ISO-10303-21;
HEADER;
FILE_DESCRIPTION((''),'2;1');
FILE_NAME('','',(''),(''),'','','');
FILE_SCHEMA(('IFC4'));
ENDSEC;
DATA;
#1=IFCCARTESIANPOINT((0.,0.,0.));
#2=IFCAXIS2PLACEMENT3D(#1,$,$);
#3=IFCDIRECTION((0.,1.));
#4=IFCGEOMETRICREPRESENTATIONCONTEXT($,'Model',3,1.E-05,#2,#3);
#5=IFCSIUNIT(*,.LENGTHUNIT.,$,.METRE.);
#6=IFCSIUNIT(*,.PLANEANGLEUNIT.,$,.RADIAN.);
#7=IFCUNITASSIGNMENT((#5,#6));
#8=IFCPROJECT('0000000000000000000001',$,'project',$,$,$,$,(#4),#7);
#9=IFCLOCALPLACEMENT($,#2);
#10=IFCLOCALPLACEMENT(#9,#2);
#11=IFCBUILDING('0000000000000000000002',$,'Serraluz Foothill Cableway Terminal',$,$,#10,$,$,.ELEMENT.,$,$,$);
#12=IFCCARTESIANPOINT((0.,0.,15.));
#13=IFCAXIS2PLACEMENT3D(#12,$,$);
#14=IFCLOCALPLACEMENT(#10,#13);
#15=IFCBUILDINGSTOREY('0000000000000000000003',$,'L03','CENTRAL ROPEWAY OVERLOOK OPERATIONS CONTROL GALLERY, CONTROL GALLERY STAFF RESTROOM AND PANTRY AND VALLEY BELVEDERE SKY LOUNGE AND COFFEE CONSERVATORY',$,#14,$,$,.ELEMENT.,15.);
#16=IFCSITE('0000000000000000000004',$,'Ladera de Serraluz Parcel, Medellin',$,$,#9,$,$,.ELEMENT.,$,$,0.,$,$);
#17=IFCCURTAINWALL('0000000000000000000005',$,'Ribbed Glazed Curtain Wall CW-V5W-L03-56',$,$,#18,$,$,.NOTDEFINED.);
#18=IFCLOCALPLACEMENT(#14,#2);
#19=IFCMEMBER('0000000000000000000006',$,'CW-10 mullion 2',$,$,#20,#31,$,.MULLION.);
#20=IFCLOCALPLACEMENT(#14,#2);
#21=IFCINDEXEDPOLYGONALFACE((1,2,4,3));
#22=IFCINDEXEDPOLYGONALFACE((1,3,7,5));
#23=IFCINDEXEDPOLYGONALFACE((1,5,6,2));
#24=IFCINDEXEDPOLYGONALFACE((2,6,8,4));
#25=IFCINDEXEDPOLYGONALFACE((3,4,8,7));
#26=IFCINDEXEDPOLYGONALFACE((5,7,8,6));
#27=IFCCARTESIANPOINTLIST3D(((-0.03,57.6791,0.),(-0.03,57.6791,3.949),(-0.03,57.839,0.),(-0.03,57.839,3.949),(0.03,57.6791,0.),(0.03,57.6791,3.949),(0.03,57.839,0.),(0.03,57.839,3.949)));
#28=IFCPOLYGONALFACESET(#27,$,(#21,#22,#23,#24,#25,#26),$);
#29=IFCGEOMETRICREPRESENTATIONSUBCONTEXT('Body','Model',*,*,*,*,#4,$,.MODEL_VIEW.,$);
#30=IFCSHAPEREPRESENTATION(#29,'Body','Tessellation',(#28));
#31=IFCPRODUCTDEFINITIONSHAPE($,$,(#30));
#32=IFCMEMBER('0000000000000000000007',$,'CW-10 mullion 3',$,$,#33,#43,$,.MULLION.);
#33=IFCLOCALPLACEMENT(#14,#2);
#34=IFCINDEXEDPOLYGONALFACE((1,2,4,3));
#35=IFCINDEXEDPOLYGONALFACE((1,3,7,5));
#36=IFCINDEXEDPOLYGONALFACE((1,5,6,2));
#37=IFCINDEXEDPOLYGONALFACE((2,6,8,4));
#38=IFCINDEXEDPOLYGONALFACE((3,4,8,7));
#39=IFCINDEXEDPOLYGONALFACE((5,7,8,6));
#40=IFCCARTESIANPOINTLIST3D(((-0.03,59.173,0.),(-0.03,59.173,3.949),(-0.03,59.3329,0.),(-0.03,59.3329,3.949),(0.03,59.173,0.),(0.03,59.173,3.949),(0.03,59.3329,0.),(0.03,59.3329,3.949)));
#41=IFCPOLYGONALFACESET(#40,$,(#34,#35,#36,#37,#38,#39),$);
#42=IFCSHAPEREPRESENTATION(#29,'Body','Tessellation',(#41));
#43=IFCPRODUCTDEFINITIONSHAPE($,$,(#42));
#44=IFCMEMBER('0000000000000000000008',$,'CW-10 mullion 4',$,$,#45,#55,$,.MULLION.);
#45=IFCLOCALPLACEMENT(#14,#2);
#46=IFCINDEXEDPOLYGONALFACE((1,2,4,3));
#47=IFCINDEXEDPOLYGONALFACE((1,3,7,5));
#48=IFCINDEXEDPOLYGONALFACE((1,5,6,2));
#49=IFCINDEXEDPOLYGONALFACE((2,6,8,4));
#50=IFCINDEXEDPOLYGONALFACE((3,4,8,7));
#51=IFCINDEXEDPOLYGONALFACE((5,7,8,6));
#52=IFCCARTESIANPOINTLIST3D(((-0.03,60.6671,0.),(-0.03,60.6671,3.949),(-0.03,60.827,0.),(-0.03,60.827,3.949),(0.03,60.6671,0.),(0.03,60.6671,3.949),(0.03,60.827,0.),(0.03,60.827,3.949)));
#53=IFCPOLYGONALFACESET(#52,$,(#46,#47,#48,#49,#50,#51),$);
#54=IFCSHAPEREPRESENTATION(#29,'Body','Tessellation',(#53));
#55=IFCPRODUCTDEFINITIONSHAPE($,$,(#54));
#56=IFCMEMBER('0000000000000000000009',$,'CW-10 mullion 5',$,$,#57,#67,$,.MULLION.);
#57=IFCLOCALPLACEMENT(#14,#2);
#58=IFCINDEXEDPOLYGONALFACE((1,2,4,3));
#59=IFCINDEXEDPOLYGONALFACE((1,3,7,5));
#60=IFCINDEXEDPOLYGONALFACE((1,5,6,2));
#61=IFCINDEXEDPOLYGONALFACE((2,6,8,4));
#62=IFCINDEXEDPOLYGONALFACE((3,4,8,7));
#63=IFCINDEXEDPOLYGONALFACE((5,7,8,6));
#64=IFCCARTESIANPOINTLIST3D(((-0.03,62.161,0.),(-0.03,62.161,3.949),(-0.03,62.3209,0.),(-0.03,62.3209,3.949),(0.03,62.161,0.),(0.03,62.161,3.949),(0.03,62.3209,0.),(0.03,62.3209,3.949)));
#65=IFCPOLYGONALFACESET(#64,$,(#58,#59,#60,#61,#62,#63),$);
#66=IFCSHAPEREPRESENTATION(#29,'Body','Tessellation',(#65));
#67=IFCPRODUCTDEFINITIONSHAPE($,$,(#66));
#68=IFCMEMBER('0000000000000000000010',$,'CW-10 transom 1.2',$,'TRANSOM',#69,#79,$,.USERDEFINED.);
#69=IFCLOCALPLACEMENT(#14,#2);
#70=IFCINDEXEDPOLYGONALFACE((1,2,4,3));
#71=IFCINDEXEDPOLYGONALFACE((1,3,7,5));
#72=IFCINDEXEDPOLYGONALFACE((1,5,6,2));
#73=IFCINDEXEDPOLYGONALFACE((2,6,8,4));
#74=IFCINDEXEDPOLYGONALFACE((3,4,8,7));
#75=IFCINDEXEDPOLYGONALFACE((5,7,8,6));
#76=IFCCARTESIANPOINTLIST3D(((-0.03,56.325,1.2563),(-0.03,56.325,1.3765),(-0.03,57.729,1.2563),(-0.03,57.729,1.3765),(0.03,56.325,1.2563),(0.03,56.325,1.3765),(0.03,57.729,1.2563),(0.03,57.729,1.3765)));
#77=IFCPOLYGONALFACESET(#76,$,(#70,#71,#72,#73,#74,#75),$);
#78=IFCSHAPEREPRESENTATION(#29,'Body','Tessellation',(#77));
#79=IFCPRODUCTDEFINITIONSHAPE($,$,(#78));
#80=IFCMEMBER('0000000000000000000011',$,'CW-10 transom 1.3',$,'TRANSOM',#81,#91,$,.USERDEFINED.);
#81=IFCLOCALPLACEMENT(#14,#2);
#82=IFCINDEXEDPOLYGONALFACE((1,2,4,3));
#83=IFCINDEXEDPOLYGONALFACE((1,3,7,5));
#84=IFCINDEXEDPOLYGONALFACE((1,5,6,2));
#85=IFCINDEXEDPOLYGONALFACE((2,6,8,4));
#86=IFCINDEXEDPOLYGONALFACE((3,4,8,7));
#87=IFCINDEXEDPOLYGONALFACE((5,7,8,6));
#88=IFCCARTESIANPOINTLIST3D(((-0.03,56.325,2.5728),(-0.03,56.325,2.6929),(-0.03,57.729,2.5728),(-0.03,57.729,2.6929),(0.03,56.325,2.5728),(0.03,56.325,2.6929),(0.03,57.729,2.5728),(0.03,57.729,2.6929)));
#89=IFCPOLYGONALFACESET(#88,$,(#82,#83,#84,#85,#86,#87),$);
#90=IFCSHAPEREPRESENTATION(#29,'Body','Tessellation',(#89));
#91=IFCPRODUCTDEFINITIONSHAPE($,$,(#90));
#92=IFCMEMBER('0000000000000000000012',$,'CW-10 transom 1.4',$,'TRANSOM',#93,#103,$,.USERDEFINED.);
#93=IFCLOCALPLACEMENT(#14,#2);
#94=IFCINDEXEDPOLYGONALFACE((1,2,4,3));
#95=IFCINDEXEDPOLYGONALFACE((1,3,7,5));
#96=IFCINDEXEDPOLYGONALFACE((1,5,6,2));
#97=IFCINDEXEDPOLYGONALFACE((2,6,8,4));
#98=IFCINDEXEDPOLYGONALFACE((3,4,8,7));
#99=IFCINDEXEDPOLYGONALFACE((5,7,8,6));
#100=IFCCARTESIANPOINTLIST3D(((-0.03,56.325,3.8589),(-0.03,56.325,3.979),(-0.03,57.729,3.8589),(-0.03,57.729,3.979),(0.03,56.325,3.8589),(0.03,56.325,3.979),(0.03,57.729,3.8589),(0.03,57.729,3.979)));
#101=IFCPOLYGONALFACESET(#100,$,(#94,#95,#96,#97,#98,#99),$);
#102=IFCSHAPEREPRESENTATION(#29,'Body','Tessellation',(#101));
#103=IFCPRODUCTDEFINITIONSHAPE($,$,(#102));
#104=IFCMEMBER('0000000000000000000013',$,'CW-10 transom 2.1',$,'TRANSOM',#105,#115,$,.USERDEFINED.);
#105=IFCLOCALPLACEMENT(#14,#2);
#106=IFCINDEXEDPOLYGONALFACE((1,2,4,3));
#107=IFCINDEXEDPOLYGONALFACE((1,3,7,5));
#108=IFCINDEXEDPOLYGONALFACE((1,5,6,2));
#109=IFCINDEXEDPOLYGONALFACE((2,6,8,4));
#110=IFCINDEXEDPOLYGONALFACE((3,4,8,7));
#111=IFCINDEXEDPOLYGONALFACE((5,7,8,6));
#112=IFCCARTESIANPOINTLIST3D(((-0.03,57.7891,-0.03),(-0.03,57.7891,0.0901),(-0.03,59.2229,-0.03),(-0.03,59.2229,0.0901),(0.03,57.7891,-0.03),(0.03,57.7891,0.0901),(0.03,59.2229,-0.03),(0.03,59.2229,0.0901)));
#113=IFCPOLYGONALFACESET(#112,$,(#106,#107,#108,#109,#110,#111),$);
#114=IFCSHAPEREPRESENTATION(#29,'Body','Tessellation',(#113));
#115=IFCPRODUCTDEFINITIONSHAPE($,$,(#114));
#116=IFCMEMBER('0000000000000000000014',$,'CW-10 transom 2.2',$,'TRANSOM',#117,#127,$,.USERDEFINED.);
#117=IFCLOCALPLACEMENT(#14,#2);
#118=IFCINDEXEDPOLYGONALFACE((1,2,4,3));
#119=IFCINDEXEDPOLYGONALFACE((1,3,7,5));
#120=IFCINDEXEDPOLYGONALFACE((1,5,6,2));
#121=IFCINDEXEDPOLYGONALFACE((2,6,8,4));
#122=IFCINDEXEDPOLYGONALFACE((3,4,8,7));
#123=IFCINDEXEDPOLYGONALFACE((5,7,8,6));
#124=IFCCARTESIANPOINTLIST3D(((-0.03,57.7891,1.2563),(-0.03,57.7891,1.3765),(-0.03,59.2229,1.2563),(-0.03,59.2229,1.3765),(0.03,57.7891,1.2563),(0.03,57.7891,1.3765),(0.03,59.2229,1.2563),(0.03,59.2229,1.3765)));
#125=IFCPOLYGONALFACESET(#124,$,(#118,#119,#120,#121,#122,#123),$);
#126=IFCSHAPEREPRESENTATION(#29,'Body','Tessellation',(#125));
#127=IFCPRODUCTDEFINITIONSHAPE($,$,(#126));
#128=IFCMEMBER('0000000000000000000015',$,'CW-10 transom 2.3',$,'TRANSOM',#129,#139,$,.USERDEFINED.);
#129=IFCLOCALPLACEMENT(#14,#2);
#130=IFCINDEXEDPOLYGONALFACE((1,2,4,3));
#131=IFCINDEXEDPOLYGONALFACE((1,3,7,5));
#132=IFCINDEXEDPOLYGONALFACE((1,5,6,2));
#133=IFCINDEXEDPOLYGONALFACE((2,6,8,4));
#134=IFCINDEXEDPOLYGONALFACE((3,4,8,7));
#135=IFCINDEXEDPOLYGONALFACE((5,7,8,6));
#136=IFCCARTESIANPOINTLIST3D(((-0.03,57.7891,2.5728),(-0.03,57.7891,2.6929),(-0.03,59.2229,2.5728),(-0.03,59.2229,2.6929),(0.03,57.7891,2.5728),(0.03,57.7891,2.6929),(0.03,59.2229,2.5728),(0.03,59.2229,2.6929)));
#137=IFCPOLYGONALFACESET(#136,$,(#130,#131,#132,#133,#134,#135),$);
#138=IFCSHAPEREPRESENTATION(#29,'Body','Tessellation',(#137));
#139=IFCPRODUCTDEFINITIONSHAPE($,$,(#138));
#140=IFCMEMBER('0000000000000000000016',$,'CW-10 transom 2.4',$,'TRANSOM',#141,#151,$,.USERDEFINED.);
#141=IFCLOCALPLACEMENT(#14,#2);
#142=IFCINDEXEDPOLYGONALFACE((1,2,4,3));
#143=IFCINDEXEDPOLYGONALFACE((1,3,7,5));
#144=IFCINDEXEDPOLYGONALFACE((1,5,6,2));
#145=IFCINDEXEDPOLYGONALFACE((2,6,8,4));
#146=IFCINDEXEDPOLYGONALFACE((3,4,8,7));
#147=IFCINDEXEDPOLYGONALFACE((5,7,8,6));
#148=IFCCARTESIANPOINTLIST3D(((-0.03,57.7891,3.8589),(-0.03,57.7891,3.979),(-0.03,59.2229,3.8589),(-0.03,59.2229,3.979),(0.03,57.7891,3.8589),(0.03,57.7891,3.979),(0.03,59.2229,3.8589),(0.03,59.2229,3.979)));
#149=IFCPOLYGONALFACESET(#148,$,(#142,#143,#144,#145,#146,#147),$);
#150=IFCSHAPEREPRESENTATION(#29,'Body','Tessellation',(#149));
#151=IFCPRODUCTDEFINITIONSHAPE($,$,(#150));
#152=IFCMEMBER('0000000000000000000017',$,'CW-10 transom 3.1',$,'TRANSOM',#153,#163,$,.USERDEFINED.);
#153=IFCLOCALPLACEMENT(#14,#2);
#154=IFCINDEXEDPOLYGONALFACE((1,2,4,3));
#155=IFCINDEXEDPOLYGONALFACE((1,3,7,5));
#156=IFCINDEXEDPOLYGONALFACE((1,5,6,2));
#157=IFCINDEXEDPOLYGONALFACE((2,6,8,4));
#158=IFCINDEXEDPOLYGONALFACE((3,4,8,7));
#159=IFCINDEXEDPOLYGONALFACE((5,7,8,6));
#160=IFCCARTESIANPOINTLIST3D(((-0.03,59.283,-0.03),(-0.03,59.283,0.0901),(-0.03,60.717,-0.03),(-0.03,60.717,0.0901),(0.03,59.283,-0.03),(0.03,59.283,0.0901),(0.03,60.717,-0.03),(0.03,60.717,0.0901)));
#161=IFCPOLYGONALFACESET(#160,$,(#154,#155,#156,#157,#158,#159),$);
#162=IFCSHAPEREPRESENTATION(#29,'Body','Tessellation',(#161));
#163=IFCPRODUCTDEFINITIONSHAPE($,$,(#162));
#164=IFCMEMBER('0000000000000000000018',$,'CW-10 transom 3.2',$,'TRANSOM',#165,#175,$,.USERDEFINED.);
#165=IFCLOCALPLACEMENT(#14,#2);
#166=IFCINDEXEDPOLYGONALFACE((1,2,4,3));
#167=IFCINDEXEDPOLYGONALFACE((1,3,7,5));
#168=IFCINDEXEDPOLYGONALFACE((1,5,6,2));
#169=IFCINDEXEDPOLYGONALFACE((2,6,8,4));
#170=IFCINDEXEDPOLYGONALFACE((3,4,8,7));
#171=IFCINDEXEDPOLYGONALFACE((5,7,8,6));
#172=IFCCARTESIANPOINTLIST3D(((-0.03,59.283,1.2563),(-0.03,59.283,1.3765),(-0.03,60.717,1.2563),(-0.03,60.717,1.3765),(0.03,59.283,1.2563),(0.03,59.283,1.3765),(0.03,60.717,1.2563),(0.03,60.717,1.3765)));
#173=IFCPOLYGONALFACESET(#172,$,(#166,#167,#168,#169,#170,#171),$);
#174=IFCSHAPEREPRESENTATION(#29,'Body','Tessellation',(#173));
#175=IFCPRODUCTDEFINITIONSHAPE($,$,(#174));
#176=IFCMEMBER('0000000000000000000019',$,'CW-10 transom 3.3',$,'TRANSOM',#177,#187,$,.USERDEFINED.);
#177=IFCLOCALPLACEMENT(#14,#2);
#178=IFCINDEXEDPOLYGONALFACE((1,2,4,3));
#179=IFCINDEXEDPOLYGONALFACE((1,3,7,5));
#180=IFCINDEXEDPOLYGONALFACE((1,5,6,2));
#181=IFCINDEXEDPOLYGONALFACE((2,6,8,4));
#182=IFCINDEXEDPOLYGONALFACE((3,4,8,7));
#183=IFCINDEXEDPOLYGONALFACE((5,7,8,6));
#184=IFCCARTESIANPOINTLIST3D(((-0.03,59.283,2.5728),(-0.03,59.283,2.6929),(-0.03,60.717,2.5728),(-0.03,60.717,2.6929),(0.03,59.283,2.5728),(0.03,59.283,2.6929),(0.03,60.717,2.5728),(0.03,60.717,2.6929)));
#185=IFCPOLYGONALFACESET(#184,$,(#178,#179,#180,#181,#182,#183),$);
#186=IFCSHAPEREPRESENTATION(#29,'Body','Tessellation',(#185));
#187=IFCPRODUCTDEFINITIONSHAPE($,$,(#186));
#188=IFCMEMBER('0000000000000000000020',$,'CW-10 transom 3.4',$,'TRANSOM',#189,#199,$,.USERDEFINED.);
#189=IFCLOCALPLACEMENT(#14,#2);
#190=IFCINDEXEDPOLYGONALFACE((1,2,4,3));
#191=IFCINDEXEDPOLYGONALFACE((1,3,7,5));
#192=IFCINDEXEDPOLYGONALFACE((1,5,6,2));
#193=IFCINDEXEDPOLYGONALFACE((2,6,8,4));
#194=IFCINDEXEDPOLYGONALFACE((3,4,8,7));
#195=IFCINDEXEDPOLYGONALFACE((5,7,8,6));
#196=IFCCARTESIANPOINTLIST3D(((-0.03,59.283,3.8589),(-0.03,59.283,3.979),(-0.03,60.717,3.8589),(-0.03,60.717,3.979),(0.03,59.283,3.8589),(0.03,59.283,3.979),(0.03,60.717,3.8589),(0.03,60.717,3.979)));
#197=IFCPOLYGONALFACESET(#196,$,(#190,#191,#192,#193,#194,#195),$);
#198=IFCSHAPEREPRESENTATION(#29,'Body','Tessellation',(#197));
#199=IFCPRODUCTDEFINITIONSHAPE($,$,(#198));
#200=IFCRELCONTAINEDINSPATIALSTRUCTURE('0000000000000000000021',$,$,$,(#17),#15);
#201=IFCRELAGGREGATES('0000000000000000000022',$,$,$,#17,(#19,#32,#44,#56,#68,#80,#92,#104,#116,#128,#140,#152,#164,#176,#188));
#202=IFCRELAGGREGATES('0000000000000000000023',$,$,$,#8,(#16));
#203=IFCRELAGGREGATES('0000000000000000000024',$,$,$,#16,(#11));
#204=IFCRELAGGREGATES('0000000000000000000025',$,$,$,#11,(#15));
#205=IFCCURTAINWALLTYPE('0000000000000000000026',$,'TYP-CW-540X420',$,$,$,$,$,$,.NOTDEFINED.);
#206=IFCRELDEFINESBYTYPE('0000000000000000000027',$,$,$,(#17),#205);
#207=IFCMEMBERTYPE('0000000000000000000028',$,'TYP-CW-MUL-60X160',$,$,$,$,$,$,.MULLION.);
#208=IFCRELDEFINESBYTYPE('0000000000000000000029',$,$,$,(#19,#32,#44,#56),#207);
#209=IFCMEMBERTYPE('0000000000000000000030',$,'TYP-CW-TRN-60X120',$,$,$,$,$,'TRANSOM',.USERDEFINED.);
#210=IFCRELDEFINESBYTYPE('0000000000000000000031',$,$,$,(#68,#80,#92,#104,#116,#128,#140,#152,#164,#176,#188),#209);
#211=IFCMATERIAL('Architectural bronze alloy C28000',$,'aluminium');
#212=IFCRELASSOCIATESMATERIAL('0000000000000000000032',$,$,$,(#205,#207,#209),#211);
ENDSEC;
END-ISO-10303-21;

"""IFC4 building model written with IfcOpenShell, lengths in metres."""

from ifc_helpers import new_model, si_unit, direction, frame, origin, origin_2d, place, context, subcontext, project, spatial, rectangle, extrude, material, material_profile, profile_set, type_object, element, aggregate, save


model = new_model("IFC4")

# Units and contexts
model_context = context("Model", 3, precision=1e-05, world=origin(), true_north=direction((0.0, 1.0)))
body_context = subcontext(model_context, "Body", "Model", "MODEL_VIEW")
ifc_project = project(units=[si_unit("LENGTHUNIT", "METRE"), si_unit("PLANEANGLEUNIT", "RADIAN")], contexts=[model_context])

# Site, building, storey
site_placement = place(None, origin())
site = spatial("IfcSite", under=ifc_project, at=site_placement, Name="Ladera de Serraluz Parcel, Medellin", CompositionType="ELEMENT", RefElevation=0.0)
building_placement = place(site_placement, origin())
building = spatial("IfcBuilding", under=site, at=building_placement, Name="Serraluz Foothill Cableway Terminal", CompositionType="ELEMENT")
storey_placement = place(building_placement, frame((0.0, 0.0, 15.0)))
storey = spatial("IfcBuildingStorey", under=building, at=storey_placement, Name="L03", Description="CENTRAL ROPEWAY OVERLOOK OPERATIONS CONTROL GALLERY, CONTROL GALLERY STAFF RESTROOM AND PANTRY AND VALLEY BELVEDERE SKY LOUNGE AND COFFEE CONSERVATORY", CompositionType="ELEMENT", Elevation=15.0)

# Curtain wall, members
ifc_material_1 = material(Name="Architectural bronze alloy C28000", Category="aluminium")
curtain_wall_type = type_object("IfcCurtainWallType", Name="TYP-CW-540X420", PredefinedType="NOTDEFINED", material=ifc_material_1)
curtain_wall_placement = place(storey_placement, origin())
curtain_wall = element("IfcCurtainWall", 1, at=curtain_wall_placement, inside=storey, type_object=curtain_wall_type, Name="Ribbed Glazed Curtain Wall CW-V5W-L03-56", PredefinedType="NOTDEFINED")
ifc_material_profile_1 = material_profile(ifc_material_1, rectangle(XDim=0.0601, YDim=0.1599, at=origin_2d()), Name="ALU MULLION 60x160")
ifc_profile_set_1 = profile_set([ifc_material_profile_1], Name="Architectural bronze alloy C28000")
member_type_1 = type_object("IfcMemberType", Name="TYP-CW-MUL-60X160", PredefinedType="MULLION", material=ifc_profile_set_1)
member_1_placement = place(storey_placement, frame((0.0, 57.759, 0.0), z_axis=(0.0, 0.0, 1.0), x_axis=(-1.0, 0.0, 0.0)))
member_1 = element("IfcMember", 2, at=member_1_placement, type_object=member_type_1, Name="CW-10 mullion 2", PredefinedType="MULLION", context=body_context, shape_type="SweptSolid", body=[
    extrude(rectangle(XDim=0.0601, YDim=0.1599, at=origin_2d()), origin(), (0.0, 0.0, 1.0), 3.949),
])
member_2_placement = place(storey_placement, frame((0.0, 59.2529, 0.0), z_axis=(0.0, 0.0, 1.0), x_axis=(-1.0, 0.0, 0.0)))
member_2 = element("IfcMember", 3, at=member_2_placement, type_object=member_type_1, Name="CW-10 mullion 3", PredefinedType="MULLION", context=body_context, shape_type="SweptSolid", body=[
    extrude(rectangle(XDim=0.0601, YDim=0.1599, at=origin_2d()), origin(), (0.0, 0.0, 1.0), 3.949),
])
member_3_placement = place(storey_placement, frame((0.0, 60.7471, 0.0), z_axis=(0.0, 0.0, 1.0), x_axis=(-1.0, 0.0, 0.0)))
member_3 = element("IfcMember", 4, at=member_3_placement, type_object=member_type_1, Name="CW-10 mullion 4", PredefinedType="MULLION", context=body_context, shape_type="SweptSolid", body=[
    extrude(rectangle(XDim=0.0601, YDim=0.1599, at=origin_2d()), origin(), (0.0, 0.0, 1.0), 3.949),
])
member_4_placement = place(storey_placement, frame((0.0, 62.241, 0.0), z_axis=(0.0, 0.0, 1.0), x_axis=(-1.0, 0.0, 0.0)))
member_4 = element("IfcMember", 5, at=member_4_placement, type_object=member_type_1, Name="CW-10 mullion 5", PredefinedType="MULLION", context=body_context, shape_type="SweptSolid", body=[
    extrude(rectangle(XDim=0.0601, YDim=0.1599, at=origin_2d()), origin(), (0.0, 0.0, 1.0), 3.949),
])
ifc_material_profile_2 = material_profile(ifc_material_1, rectangle(XDim=0.0601, YDim=0.1201, at=origin_2d()), Name="ALU TRANSOM 60x120")
ifc_profile_set_2 = profile_set([ifc_material_profile_2], Name="Architectural bronze alloy C28000")
member_type_2 = type_object("IfcMemberType", Name="TYP-CW-TRN-60X120", ElementType="TRANSOM", PredefinedType="USERDEFINED", material=ifc_profile_set_2)
member_5_placement = place(storey_placement, frame((0.0, 56.325, 1.3164), z_axis=(0.0, 1.0, 0.0), x_axis=(-1.0, 0.0, 0.0)))
member_5 = element("IfcMember", 6, at=member_5_placement, type_object=member_type_2, Name="CW-10 transom 1.2", ObjectType="TRANSOM", PredefinedType="USERDEFINED", context=body_context, shape_type="SweptSolid", body=[
    extrude(rectangle(XDim=0.0601, YDim=0.1201, at=origin_2d()), origin(), (0.0, 0.0, 1.0), 1.4041),
])
member_6_placement = place(storey_placement, frame((0.0, 56.325, 2.6328), z_axis=(0.0, 1.0, 0.0), x_axis=(-1.0, 0.0, 0.0)))
member_6 = element("IfcMember", 7, at=member_6_placement, type_object=member_type_2, Name="CW-10 transom 1.3", ObjectType="TRANSOM", PredefinedType="USERDEFINED", context=body_context, shape_type="SweptSolid", body=[
    extrude(rectangle(XDim=0.0601, YDim=0.1201, at=origin_2d()), origin(), (0.0, 0.0, 1.0), 1.4041),
])
member_7_placement = place(storey_placement, frame((0.0, 56.325, 3.9189), z_axis=(0.0, 1.0, 0.0), x_axis=(-1.0, 0.0, 0.0)))
member_7 = element("IfcMember", 8, at=member_7_placement, type_object=member_type_2, Name="CW-10 transom 1.4", ObjectType="TRANSOM", PredefinedType="USERDEFINED", context=body_context, shape_type="SweptSolid", body=[
    extrude(rectangle(XDim=0.0601, YDim=0.1201, at=origin_2d()), origin(), (0.0, 0.0, 1.0), 1.4041),
])
member_8_placement = place(storey_placement, frame((0.0, 57.7891, 0.03), z_axis=(0.0, 1.0, 0.0), x_axis=(-1.0, 0.0, 0.0)))
member_8 = element("IfcMember", 9, at=member_8_placement, type_object=member_type_2, Name="CW-10 transom 2.1", ObjectType="TRANSOM", PredefinedType="USERDEFINED", context=body_context, shape_type="SweptSolid", body=[
    extrude(rectangle(XDim=0.0601, YDim=0.1201, at=origin_2d()), origin(), (0.0, 0.0, 1.0), 1.4338),
])
member_9_placement = place(storey_placement, frame((0.0, 57.7891, 1.3164), z_axis=(0.0, 1.0, 0.0), x_axis=(-1.0, 0.0, 0.0)))
member_9 = element("IfcMember", 10, at=member_9_placement, type_object=member_type_2, Name="CW-10 transom 2.2", ObjectType="TRANSOM", PredefinedType="USERDEFINED", context=body_context, shape_type="SweptSolid", body=[
    extrude(rectangle(XDim=0.0601, YDim=0.1201, at=origin_2d()), origin(), (0.0, 0.0, 1.0), 1.4338),
])
member_10_placement = place(storey_placement, frame((0.0, 57.7891, 2.6328), z_axis=(0.0, 1.0, 0.0), x_axis=(-1.0, 0.0, 0.0)))
member_10 = element("IfcMember", 11, at=member_10_placement, type_object=member_type_2, Name="CW-10 transom 2.3", ObjectType="TRANSOM", PredefinedType="USERDEFINED", context=body_context, shape_type="SweptSolid", body=[
    extrude(rectangle(XDim=0.0601, YDim=0.1201, at=origin_2d()), origin(), (0.0, 0.0, 1.0), 1.4338),
])
member_11_placement = place(storey_placement, frame((0.0, 57.7891, 3.9189), z_axis=(0.0, 1.0, 0.0), x_axis=(-1.0, 0.0, 0.0)))
member_11 = element("IfcMember", 12, at=member_11_placement, type_object=member_type_2, Name="CW-10 transom 2.4", ObjectType="TRANSOM", PredefinedType="USERDEFINED", context=body_context, shape_type="SweptSolid", body=[
    extrude(rectangle(XDim=0.0601, YDim=0.1201, at=origin_2d()), origin(), (0.0, 0.0, 1.0), 1.4338),
])
member_12_placement = place(storey_placement, frame((0.0, 59.283, 0.03), z_axis=(0.0, 1.0, 0.0), x_axis=(-1.0, 0.0, 0.0)))
member_12 = element("IfcMember", 13, at=member_12_placement, type_object=member_type_2, Name="CW-10 transom 3.1", ObjectType="TRANSOM", PredefinedType="USERDEFINED", context=body_context, shape_type="SweptSolid", body=[
    extrude(rectangle(XDim=0.0601, YDim=0.1201, at=origin_2d()), origin(), (0.0, 0.0, 1.0), 1.4341),
])
member_13_placement = place(storey_placement, frame((0.0, 59.283, 1.3164), z_axis=(0.0, 1.0, 0.0), x_axis=(-1.0, 0.0, 0.0)))
member_13 = element("IfcMember", 14, at=member_13_placement, type_object=member_type_2, Name="CW-10 transom 3.2", ObjectType="TRANSOM", PredefinedType="USERDEFINED", context=body_context, shape_type="SweptSolid", body=[
    extrude(rectangle(XDim=0.0601, YDim=0.1201, at=origin_2d()), origin(), (0.0, 0.0, 1.0), 1.4341),
])
member_14_placement = place(storey_placement, frame((0.0, 59.283, 2.6328), z_axis=(0.0, 1.0, 0.0), x_axis=(-1.0, 0.0, 0.0)))
member_14 = element("IfcMember", 15, at=member_14_placement, type_object=member_type_2, Name="CW-10 transom 3.3", ObjectType="TRANSOM", PredefinedType="USERDEFINED", context=body_context, shape_type="SweptSolid", body=[
    extrude(rectangle(XDim=0.0601, YDim=0.1201, at=origin_2d()), origin(), (0.0, 0.0, 1.0), 1.4341),
])
member_15_placement = place(storey_placement, frame((0.0, 59.283, 3.9189), z_axis=(0.0, 1.0, 0.0), x_axis=(-1.0, 0.0, 0.0)))
member_15 = element("IfcMember", 16, at=member_15_placement, type_object=member_type_2, Name="CW-10 transom 3.4", ObjectType="TRANSOM", PredefinedType="USERDEFINED", context=body_context, shape_type="SweptSolid", body=[
    extrude(rectangle(XDim=0.0601, YDim=0.1201, at=origin_2d()), origin(), (0.0, 0.0, 1.0), 1.4341),
])
aggregate(curtain_wall, [member_1, member_2, member_3, member_4, member_5, member_6, member_7, member_8, member_9, member_10, member_11, member_12, member_13, member_14, member_15])

save(model, "model.ifc")
